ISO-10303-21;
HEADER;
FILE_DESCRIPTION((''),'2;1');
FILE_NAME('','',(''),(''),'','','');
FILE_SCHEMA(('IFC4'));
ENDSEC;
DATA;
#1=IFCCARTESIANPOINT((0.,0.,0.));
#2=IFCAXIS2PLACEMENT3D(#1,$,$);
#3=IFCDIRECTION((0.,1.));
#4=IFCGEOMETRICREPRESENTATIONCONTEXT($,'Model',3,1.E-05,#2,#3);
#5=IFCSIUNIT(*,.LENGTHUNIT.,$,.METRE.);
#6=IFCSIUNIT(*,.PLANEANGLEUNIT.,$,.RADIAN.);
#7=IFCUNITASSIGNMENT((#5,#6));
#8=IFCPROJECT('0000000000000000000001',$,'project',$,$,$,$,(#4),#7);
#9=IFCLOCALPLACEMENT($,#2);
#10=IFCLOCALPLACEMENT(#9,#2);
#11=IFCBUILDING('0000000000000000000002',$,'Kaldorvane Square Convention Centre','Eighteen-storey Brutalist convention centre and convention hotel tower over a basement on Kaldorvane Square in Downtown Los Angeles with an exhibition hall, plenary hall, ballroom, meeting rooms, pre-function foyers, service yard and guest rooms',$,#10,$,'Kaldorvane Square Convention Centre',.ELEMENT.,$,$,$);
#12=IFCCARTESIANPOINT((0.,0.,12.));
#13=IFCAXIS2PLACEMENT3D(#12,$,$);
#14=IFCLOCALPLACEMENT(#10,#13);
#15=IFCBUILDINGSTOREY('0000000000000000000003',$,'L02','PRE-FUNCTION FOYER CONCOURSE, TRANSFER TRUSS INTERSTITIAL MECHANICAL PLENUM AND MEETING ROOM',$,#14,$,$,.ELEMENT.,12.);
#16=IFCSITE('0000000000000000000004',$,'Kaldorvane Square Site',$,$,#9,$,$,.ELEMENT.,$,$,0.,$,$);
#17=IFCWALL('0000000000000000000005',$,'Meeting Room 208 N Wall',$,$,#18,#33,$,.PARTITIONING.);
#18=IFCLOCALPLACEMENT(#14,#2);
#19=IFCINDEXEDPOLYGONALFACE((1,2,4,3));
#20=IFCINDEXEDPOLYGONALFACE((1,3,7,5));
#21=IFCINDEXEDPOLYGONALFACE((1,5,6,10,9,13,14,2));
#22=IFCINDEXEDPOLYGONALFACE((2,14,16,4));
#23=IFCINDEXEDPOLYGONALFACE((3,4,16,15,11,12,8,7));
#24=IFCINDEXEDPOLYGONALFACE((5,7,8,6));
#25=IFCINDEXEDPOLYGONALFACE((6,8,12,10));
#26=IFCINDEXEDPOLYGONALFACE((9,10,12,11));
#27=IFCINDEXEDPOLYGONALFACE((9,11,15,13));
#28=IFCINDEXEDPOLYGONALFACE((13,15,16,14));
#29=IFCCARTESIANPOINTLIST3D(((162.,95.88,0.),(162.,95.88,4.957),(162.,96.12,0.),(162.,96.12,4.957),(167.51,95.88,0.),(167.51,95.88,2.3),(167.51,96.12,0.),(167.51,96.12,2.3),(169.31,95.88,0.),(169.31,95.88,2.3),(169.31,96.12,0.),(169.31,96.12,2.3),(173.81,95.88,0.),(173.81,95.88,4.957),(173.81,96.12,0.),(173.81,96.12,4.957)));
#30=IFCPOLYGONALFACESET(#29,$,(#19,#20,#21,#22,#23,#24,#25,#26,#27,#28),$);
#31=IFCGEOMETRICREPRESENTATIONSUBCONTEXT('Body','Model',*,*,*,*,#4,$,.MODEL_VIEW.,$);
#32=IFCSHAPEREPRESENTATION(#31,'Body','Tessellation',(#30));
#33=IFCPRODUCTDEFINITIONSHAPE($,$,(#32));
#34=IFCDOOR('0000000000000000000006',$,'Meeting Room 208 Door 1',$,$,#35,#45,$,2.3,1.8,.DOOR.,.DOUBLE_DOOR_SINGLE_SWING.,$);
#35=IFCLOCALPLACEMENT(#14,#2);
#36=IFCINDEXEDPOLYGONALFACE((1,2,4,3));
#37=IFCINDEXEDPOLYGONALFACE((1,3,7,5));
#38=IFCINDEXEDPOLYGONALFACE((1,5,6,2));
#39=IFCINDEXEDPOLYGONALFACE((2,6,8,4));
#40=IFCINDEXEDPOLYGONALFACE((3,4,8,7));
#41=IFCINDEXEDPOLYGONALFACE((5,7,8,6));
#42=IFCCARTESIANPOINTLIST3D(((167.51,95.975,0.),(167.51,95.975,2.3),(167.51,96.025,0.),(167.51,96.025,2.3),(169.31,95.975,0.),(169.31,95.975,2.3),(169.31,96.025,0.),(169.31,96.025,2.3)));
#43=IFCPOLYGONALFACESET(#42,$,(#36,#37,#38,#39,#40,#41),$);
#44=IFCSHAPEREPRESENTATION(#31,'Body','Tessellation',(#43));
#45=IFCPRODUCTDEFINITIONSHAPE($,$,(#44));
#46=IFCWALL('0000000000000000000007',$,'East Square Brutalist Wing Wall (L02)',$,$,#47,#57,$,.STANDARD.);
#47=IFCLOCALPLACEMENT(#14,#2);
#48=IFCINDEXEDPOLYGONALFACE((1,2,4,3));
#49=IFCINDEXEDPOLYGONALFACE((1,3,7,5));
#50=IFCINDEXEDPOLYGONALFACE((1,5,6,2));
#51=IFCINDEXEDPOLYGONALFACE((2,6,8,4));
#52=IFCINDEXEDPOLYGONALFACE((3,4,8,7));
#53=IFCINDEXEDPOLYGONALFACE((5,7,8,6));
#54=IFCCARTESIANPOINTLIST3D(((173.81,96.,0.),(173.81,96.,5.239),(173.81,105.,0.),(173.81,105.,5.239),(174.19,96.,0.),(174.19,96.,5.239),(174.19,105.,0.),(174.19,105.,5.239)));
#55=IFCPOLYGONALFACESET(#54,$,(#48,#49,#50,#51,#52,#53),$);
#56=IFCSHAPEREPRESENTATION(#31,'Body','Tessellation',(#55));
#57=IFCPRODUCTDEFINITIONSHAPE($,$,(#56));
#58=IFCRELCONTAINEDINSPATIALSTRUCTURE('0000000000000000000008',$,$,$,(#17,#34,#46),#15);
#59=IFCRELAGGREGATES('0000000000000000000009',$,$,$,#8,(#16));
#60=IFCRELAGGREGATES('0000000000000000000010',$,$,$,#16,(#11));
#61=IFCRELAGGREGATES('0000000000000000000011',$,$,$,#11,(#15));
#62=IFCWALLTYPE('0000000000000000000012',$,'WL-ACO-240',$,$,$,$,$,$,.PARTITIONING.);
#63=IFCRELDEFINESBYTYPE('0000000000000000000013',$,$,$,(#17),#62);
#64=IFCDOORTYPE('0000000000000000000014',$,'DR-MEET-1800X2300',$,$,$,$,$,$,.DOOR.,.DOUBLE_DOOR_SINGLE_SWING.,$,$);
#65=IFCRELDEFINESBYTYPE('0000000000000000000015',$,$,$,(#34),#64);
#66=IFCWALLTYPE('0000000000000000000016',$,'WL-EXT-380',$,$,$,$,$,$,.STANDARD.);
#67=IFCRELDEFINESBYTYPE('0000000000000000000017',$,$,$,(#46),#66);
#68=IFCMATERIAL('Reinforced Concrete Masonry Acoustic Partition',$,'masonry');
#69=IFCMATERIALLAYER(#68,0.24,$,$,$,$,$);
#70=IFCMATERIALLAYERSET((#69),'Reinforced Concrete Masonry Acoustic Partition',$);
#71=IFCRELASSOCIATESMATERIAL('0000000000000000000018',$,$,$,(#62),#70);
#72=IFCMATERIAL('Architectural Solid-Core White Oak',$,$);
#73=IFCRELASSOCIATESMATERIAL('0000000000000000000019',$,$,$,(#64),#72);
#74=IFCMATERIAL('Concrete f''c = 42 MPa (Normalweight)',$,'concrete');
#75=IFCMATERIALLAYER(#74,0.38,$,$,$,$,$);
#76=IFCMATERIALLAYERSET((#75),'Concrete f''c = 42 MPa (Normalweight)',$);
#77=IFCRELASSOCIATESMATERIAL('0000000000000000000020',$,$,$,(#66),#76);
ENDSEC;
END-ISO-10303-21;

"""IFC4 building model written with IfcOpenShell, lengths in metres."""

from ifc_helpers import new_model, si_unit, direction, frame, frame_2d, origin, place, context, subcontext, project, spatial, rectangle, extrude, material, layer, layer_set, type_object, element, fill, save


model = new_model("IFC4")

# Units and contexts
model_context = context("Model", 3, precision=1e-05, world=origin(), true_north=direction((0.0, 1.0)))
body_context = subcontext(model_context, "Body", "Model", "MODEL_VIEW")
ifc_project = project(units=[si_unit("LENGTHUNIT", "METRE"), si_unit("PLANEANGLEUNIT", "RADIAN")], contexts=[model_context])

# Site, building, storey
site_placement = place(None, origin())
site = spatial("IfcSite", under=ifc_project, at=site_placement, Name="Kaldorvane Square Site", CompositionType="ELEMENT", RefElevation=0.0)
building_placement = place(site_placement, origin())
building = spatial("IfcBuilding", under=site, at=building_placement, Name="Kaldorvane Square Convention Centre", Description="Eighteen-storey Brutalist convention centre and convention hotel tower over a basement on Kaldorvane Square in Downtown Los Angeles with an exhibition hall, plenary hall, ballroom, meeting rooms, pre-function foyers, service yard and guest rooms", LongName="Kaldorvane Square Convention Centre", CompositionType="ELEMENT")
storey_placement = place(building_placement, frame((0.0, 0.0, 12.0)))
storey = spatial("IfcBuildingStorey", under=building, at=storey_placement, Name="L02", Description="PRE-FUNCTION FOYER CONCOURSE, TRANSFER TRUSS INTERSTITIAL MECHANICAL PLENUM AND MEETING ROOM", CompositionType="ELEMENT", Elevation=12.0)

# Shared definitions
ifc_material_1 = material(Name="Concrete f'c = 42 MPa (Normalweight)", Category="concrete")

# Wall, opening, door
ifc_material_2 = material(Name="Reinforced Concrete Masonry Acoustic Partition", Category="masonry")
ifc_layer_1 = layer(ifc_material_2, 0.24)
ifc_layer_set_1 = layer_set([ifc_layer_1], Name="Reinforced Concrete Masonry Acoustic Partition")
wall_type_1 = type_object("IfcWallType", Name="WL-ACO-240", PredefinedType="PARTITIONING", material=ifc_layer_set_1)
wall_1_placement = place(storey_placement, frame((173.81, 96.0, 0.0), z_axis=(0.0, 0.0, 1.0), x_axis=(-1.0, 0.0, 0.0)))
wall_1 = element("IfcWall", 1, at=wall_1_placement, inside=storey, type_object=wall_type_1, Name="Meeting Room 208 N Wall", PredefinedType="PARTITIONING", context=body_context, shape_type="SweptSolid", body=[
    extrude(rectangle(XDim=11.81, YDim=0.24, at=frame_2d((5.905, 0.0))), origin(), (0.0, 0.0, 1.0), 4.957),
])
opening_placement = place(wall_1_placement, frame((4.5, 0.0, 0.0)))
opening = element("IfcOpeningElement", 2, at=opening_placement, cuts=wall_1, PredefinedType="OPENING", context=body_context, shape_type="SweptSolid", body=[
    extrude(rectangle(XDim=1.8, YDim=2.3, at=frame_2d((0.9, 1.15))), frame((0.0, 0.135, 0.0), z_axis=(0.0, -1.0, 0.0), x_axis=(1.0, 0.0, 0.0)), (0.0, 0.0, 1.0), 0.27),
])
ifc_material_3 = material(Name="Architectural Solid-Core White Oak")
door_type = type_object("IfcDoorType", Name="DR-MEET-1800X2300", OperationType="DOUBLE_DOOR_SINGLE_SWING", PredefinedType="DOOR", material=ifc_material_3)
door_placement = place(opening_placement, origin())
door = element("IfcDoor", 3, at=door_placement, inside=storey, type_object=door_type, Name="Meeting Room 208 Door 1", OperationType="DOUBLE_DOOR_SINGLE_SWING", OverallHeight=2.3, OverallWidth=1.8, PredefinedType="DOOR", context=body_context, shape_type="SweptSolid", body=[
    extrude(rectangle(XDim=1.8, YDim=2.3, at=frame_2d((0.9, 1.15))), frame((0.0, 0.025, 0.0), z_axis=(0.0, -1.0, 0.0), x_axis=(1.0, 0.0, 0.0)), (0.0, 0.0, 1.0), 0.05),
])
fill(opening, door)

# Wall
ifc_layer_2 = layer(ifc_material_1, 0.38)
ifc_layer_set_2 = layer_set([ifc_layer_2], Name="Concrete f'c = 42 MPa (Normalweight)")
wall_type_2 = type_object("IfcWallType", Name="WL-EXT-380", PredefinedType="STANDARD", material=ifc_layer_set_2)
wall_2_placement = place(storey_placement, frame((174.0, 96.0, 0.0), z_axis=(0.0, 0.0, 1.0), x_axis=(0.0, 1.0, 0.0)))
element("IfcWall", 4, at=wall_2_placement, inside=storey, type_object=wall_type_2, Name="East Square Brutalist Wing Wall (L02)", PredefinedType="STANDARD", context=body_context, shape_type="SweptSolid", body=[
    extrude(rectangle(XDim=9.0, YDim=0.38, at=frame_2d((4.5, 0.0))), origin(), (0.0, 0.0, 1.0), 5.239),
])

save(model, "model.ifc")
